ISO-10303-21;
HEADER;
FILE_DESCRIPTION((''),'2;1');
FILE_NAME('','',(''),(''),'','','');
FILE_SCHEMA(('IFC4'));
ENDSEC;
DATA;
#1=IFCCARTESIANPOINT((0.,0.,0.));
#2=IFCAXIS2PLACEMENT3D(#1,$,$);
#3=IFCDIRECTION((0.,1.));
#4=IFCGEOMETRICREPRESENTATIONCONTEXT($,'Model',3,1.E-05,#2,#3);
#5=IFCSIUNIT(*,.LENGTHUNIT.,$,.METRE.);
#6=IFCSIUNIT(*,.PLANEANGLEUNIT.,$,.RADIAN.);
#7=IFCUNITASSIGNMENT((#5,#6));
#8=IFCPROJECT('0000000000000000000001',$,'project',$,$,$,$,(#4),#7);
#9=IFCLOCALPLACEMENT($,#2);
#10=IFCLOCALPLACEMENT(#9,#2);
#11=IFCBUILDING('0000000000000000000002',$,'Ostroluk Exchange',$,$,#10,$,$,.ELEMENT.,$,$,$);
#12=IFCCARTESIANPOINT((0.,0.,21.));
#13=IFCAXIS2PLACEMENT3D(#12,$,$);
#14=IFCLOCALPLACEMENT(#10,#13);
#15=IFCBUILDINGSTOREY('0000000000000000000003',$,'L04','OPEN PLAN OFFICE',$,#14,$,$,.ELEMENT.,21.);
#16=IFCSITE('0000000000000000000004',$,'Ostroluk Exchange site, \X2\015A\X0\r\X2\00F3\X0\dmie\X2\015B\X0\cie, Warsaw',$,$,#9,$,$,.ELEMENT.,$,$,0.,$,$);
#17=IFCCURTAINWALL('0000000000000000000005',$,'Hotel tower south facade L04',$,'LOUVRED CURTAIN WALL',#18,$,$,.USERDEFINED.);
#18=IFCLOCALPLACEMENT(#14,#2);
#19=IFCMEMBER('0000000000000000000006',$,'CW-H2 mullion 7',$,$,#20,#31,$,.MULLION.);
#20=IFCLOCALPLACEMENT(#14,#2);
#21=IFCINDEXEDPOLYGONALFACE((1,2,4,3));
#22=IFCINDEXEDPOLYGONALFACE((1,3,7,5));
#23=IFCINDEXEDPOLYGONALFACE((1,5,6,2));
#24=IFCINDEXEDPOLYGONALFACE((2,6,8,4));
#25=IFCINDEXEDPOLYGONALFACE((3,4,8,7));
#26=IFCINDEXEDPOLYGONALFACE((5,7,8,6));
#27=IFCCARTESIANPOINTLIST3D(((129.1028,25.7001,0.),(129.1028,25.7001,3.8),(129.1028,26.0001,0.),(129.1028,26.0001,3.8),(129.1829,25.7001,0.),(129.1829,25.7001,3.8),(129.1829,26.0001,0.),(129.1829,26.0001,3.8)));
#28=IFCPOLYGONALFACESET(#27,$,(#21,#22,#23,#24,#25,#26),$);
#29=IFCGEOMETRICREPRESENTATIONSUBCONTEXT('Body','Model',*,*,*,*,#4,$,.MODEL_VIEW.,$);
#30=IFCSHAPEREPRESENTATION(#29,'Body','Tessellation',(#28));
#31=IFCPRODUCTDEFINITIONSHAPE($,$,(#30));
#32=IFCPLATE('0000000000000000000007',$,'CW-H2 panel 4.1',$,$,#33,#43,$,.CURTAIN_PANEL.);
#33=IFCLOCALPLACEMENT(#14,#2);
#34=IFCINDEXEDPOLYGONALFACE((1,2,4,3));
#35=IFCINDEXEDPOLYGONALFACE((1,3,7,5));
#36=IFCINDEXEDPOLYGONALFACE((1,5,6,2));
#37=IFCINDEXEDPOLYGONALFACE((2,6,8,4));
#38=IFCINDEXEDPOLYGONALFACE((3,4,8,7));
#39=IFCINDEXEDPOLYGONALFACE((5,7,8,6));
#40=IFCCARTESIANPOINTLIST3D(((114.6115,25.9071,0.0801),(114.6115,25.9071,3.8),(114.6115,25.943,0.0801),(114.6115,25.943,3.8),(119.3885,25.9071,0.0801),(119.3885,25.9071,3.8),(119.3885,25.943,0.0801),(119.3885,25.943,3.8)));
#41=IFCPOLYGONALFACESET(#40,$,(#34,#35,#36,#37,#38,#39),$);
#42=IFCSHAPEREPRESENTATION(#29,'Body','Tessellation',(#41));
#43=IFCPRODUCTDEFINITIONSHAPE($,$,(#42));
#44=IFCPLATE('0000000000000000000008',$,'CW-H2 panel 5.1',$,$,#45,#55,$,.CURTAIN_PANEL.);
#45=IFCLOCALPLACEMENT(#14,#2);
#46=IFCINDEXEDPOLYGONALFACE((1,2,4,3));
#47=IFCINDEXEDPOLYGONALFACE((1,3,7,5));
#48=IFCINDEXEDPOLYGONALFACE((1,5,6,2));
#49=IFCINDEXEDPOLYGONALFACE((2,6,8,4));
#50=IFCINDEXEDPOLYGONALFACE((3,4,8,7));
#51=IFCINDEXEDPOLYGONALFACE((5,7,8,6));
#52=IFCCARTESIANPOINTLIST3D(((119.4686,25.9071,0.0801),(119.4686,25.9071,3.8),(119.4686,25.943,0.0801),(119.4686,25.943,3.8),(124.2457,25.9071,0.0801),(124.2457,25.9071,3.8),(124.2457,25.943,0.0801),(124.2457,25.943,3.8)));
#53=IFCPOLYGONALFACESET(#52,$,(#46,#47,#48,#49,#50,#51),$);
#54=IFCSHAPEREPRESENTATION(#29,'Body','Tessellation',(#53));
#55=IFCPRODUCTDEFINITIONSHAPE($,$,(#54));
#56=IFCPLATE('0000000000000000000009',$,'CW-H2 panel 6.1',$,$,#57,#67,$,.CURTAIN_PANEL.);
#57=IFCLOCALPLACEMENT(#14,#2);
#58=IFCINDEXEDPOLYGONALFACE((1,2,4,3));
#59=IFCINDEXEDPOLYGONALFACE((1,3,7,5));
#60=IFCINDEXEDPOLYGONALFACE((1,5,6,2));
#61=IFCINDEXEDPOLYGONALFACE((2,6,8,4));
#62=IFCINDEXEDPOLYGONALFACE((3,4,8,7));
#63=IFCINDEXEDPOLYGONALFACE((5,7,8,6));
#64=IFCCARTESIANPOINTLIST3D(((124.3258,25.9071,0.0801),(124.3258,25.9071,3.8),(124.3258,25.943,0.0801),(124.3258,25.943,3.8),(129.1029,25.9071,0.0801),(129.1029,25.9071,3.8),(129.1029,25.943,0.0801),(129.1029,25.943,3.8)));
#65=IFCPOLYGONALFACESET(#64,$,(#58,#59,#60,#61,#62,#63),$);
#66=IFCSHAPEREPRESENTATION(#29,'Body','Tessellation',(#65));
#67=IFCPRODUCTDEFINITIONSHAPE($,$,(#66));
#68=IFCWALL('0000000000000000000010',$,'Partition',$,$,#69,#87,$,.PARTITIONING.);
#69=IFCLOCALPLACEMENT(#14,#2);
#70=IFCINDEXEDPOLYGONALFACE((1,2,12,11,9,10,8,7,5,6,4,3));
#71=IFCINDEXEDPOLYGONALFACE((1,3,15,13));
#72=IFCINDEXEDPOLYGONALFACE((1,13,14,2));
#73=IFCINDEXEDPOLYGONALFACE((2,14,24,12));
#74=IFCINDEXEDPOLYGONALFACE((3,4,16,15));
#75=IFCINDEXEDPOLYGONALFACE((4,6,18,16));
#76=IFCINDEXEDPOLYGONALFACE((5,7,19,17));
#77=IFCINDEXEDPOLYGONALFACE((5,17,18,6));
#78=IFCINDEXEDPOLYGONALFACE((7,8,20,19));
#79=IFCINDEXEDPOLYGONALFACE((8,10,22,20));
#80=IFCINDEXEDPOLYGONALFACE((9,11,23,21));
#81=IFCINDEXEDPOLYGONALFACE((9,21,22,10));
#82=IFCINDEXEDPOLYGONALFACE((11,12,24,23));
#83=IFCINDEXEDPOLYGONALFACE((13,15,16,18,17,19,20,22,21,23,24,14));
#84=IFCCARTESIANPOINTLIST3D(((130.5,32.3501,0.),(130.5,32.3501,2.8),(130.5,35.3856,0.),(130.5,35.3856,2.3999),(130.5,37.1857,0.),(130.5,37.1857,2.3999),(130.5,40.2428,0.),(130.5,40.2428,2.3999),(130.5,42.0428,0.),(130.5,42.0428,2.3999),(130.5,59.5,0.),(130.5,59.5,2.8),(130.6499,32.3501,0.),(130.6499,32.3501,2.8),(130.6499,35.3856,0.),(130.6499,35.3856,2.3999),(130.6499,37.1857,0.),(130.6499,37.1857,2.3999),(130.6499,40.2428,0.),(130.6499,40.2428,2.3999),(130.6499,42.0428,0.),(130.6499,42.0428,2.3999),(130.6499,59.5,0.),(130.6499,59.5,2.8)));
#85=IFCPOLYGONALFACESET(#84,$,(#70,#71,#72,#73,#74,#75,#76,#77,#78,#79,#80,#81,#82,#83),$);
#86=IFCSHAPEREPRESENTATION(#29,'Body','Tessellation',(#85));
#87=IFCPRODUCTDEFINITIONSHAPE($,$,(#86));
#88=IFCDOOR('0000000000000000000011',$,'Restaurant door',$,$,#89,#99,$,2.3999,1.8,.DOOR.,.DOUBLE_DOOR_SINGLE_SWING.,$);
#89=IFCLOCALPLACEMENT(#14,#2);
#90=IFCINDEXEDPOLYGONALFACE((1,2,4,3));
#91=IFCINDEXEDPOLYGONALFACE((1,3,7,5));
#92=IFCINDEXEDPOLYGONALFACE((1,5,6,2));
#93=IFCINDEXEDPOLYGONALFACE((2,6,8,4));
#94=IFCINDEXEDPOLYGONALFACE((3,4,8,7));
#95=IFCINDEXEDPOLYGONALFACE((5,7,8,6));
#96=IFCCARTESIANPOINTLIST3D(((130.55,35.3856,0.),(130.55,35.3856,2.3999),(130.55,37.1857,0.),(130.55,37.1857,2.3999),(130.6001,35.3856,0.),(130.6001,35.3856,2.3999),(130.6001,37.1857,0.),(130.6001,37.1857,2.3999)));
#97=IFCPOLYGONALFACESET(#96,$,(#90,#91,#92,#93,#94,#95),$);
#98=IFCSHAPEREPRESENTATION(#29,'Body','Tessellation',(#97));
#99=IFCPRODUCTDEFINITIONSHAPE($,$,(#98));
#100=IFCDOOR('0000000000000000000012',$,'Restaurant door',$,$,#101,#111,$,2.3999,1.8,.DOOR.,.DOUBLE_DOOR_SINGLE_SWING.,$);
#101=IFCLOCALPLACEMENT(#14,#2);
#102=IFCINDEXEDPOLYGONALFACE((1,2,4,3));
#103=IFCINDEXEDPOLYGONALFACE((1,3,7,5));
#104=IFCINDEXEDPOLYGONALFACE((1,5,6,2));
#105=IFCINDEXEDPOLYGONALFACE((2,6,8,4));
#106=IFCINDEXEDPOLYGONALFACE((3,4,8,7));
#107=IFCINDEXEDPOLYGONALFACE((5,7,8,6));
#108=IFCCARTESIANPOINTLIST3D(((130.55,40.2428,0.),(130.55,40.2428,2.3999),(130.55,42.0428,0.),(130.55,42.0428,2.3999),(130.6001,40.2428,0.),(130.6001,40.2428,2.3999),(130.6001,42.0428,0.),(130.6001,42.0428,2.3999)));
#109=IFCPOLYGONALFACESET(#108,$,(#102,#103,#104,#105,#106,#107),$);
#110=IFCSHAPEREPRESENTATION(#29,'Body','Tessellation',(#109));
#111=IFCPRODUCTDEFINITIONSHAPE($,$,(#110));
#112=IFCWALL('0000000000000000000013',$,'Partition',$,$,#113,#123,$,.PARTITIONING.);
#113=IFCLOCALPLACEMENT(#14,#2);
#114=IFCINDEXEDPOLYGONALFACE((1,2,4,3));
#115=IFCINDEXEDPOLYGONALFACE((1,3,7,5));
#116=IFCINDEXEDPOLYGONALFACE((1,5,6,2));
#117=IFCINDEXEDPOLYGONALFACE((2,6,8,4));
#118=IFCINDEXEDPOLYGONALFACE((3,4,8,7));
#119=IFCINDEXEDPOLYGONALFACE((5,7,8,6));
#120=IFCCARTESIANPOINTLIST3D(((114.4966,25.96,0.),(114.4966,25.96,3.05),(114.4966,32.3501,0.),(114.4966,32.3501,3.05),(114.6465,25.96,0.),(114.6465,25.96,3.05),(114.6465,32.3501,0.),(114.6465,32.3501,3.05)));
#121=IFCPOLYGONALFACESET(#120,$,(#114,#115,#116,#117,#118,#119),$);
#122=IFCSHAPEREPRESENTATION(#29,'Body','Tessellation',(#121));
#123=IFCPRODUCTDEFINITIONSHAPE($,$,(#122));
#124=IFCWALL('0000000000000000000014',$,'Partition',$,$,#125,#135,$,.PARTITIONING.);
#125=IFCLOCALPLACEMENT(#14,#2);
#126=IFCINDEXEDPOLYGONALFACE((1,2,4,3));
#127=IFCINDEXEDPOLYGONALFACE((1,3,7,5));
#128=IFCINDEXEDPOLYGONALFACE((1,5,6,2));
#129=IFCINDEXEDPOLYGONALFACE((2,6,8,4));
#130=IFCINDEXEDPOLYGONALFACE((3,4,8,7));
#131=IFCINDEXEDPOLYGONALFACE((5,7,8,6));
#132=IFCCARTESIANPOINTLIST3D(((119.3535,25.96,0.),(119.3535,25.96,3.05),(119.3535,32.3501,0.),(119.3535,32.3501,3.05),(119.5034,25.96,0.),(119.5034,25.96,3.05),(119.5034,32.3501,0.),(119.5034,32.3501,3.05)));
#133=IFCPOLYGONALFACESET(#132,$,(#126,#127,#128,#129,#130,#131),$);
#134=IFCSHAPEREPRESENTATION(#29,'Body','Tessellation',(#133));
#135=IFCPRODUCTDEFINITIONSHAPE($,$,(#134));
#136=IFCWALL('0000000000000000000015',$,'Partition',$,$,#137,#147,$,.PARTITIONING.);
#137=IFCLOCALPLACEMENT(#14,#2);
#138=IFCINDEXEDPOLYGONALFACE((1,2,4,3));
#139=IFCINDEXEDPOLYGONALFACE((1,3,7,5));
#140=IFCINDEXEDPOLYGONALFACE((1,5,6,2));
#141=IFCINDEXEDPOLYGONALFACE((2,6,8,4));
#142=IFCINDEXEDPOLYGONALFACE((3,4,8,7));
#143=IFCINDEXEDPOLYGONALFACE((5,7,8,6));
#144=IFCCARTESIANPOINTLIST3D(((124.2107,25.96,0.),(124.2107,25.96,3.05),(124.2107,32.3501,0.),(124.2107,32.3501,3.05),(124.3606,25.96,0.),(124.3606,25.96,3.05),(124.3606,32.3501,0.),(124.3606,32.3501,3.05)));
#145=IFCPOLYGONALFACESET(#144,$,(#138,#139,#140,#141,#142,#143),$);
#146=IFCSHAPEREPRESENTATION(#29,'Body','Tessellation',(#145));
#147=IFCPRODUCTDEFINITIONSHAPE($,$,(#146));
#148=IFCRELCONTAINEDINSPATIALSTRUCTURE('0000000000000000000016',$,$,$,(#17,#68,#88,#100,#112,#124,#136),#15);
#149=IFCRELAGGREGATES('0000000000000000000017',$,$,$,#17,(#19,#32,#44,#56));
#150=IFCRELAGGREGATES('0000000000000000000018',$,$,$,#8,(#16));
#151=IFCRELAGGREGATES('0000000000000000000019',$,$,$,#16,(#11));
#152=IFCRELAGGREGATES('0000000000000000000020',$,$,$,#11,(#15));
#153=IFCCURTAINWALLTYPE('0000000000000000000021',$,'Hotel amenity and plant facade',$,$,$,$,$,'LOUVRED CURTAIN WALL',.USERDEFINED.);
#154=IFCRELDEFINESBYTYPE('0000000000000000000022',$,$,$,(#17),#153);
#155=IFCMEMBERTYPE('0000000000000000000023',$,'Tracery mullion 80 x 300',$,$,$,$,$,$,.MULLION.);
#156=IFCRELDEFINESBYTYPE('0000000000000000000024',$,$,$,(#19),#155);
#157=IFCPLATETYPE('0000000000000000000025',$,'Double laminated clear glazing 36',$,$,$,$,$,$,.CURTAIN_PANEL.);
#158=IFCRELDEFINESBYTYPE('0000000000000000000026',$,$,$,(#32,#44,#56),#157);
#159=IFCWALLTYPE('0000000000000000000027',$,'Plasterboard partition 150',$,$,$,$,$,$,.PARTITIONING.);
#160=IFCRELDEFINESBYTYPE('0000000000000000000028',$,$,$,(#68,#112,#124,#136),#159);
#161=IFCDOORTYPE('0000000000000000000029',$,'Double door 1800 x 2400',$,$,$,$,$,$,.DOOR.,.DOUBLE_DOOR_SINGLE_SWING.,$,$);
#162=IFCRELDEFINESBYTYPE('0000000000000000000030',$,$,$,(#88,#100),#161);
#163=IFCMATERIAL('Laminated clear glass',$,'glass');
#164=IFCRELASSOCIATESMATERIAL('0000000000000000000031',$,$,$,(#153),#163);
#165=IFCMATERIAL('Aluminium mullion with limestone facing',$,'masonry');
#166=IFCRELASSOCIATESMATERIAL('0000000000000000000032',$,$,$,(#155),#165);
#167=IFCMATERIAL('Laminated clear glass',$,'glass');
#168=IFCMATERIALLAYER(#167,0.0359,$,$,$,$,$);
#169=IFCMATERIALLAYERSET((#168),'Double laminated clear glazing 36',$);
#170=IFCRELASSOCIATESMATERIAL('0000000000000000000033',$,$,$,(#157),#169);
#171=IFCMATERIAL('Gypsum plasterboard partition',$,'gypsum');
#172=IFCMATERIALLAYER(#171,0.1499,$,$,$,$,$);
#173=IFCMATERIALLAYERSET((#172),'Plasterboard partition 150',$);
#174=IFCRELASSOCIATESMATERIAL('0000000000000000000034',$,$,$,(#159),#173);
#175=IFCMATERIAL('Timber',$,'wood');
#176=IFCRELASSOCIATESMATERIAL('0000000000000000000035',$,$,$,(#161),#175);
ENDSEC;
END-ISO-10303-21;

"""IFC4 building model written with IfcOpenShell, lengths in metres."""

from ifc_helpers import new_model, si_unit, direction, frame, frame_2d, origin, origin_2d, place, context, subcontext, project, spatial, rectangle, extrude, material, layer, layer_set, material_profile, profile_set, type_object, element, fill, aggregate, save


model = new_model("IFC4")

# Units and contexts
model_context = context("Model", 3, precision=1e-05, world=origin(), true_north=direction((0.0, 1.0)))
body_context = subcontext(model_context, "Body", "Model", "MODEL_VIEW")
ifc_project = project(units=[si_unit("LENGTHUNIT", "METRE"), si_unit("PLANEANGLEUNIT", "RADIAN")], contexts=[model_context])

# Site, building, storey
site_placement = place(None, origin())
site = spatial("IfcSite", under=ifc_project, at=site_placement, Name="Ostroluk Exchange site, Śródmieście, Warsaw", CompositionType="ELEMENT", RefElevation=0.0)
building_placement = place(site_placement, origin())
building = spatial("IfcBuilding", under=site, at=building_placement, Name="Ostroluk Exchange", CompositionType="ELEMENT")
storey_placement = place(building_placement, frame((0.0, 0.0, 21.0)))
storey = spatial("IfcBuildingStorey", under=building, at=storey_placement, Name="L04", Description="OPEN PLAN OFFICE", CompositionType="ELEMENT", Elevation=21.0)

# Curtain wall, member, plates
ifc_material_1 = material(Name="Laminated clear glass", Category="glass")
curtain_wall_type = type_object("IfcCurtainWallType", Name="Hotel amenity and plant facade", ElementType="LOUVRED CURTAIN WALL", PredefinedType="USERDEFINED", material=ifc_material_1)
curtain_wall_placement = place(storey_placement, origin())
curtain_wall = element("IfcCurtainWall", 1, at=curtain_wall_placement, inside=storey, type_object=curtain_wall_type, Name="Hotel tower south facade L04", ObjectType="LOUVRED CURTAIN WALL", PredefinedType="USERDEFINED")
ifc_material_2 = material(Name="Aluminium mullion with limestone facing", Category="masonry")
ifc_material_profile_1 = material_profile(ifc_material_2, rectangle(XDim=0.3, YDim=0.0801, at=origin_2d()), Name="Tracery mullion 80 x 300")
ifc_profile_set_1 = profile_set([ifc_material_profile_1], Name="Aluminium mullion with limestone facing")
member_type_1 = type_object("IfcMemberType", Name="Tracery mullion 80 x 300", PredefinedType="MULLION", material=ifc_profile_set_1)
member_1_placement = place(storey_placement, frame((129.1428, 25.8501, 0.0), z_axis=(0.0, 0.0, 1.0), x_axis=(0.0, 1.0, 0.0)))
member_1 = element("IfcMember", 2, at=member_1_placement, type_object=member_type_1, Name="CW-H2 mullion 7", PredefinedType="MULLION", context=body_context, shape_type="SweptSolid", body=[
    extrude(rectangle(XDim=0.3, YDim=0.0801, at=origin_2d()), origin(), (0.0, 0.0, 1.0), 3.8),
])
ifc_material_3 = material(Name="Laminated clear glass", Category="glass")
ifc_layer_1 = layer(ifc_material_3, 0.0359)
ifc_layer_set_1 = layer_set([ifc_layer_1], Name="Double laminated clear glazing 36")
plate_type = type_object("IfcPlateType", Name="Double laminated clear glazing 36", PredefinedType="CURTAIN_PANEL", material=ifc_layer_set_1)
plate_1_placement = place(storey_placement, frame((117.0, 25.925, 0.0801), z_axis=(0.0, 0.0, 1.0), x_axis=(1.0, 0.0, 0.0)))
plate_1 = element("IfcPlate", 3, at=plate_1_placement, type_object=plate_type, Name="CW-H2 panel 4.1", PredefinedType="CURTAIN_PANEL", context=body_context, shape_type="SweptSolid", body=[
    extrude(rectangle(XDim=4.7771, YDim=0.0359, at=origin_2d()), origin(), (0.0, 0.0, 1.0), 3.72),
])
plate_2_placement = place(storey_placement, frame((121.8572, 25.925, 0.0801), z_axis=(0.0, 0.0, 1.0), x_axis=(1.0, 0.0, 0.0)))
plate_2 = element("IfcPlate", 4, at=plate_2_placement, type_object=plate_type, Name="CW-H2 panel 5.1", PredefinedType="CURTAIN_PANEL", context=body_context, shape_type="SweptSolid", body=[
    extrude(rectangle(XDim=4.7771, YDim=0.0359, at=origin_2d()), origin(), (0.0, 0.0, 1.0), 3.72),
])
plate_3_placement = place(storey_placement, frame((126.7144, 25.925, 0.0801), z_axis=(0.0, 0.0, 1.0), x_axis=(1.0, 0.0, 0.0)))
plate_3 = element("IfcPlate", 5, at=plate_3_placement, type_object=plate_type, Name="CW-H2 panel 6.1", PredefinedType="CURTAIN_PANEL", context=body_context, shape_type="SweptSolid", body=[
    extrude(rectangle(XDim=4.7771, YDim=0.0359, at=origin_2d()), origin(), (0.0, 0.0, 1.0), 3.72),
])
aggregate(curtain_wall, [member_1, plate_1, plate_2, plate_3])

# Wall, openings, doors
ifc_material_4 = material(Name="Gypsum plasterboard partition", Category="gypsum")
ifc_layer_2 = layer(ifc_material_4, 0.1499)
ifc_layer_set_2 = layer_set([ifc_layer_2], Name="Plasterboard partition 150")
wall_type = type_object("IfcWallType", Name="Plasterboard partition 150", PredefinedType="PARTITIONING", material=ifc_layer_set_2)
wall_placement = place(storey_placement, frame((130.575, 32.3501, 0.0), z_axis=(0.0, 0.0, 1.0), x_axis=(0.0, 1.0, 0.0)))
wall = element("IfcWall", 6, at=wall_placement, inside=storey, type_object=wall_type, Name="Partition", PredefinedType="PARTITIONING", context=body_context, shape_type="SweptSolid", body=[
    extrude(rectangle(XDim=27.1499, YDim=0.1499, at=frame_2d((13.575, 0.0))), origin(), (0.0, 0.0, 1.0), 2.8),
])
opening_1_placement = place(wall_placement, frame((3.0356, 0.0, 0.0)))
opening_1 = element("IfcOpeningElement", 7, at=opening_1_placement, cuts=wall, PredefinedType="OPENING", context=body_context, shape_type="SweptSolid", body=[
    extrude(rectangle(XDim=1.8, YDim=2.3999, at=frame_2d((0.8999, 1.2))), frame((0.0, 0.085, 0.0), z_axis=(0.0, -1.0, 0.0), x_axis=(1.0, 0.0, 0.0)), (0.0, 0.0, 1.0), 0.1699),
])
opening_2_placement = place(wall_placement, frame((7.8928, 0.0, 0.0)))
opening_2 = element("IfcOpeningElement", 8, at=opening_2_placement, cuts=wall, PredefinedType="OPENING", context=body_context, shape_type="SweptSolid", body=[
    extrude(rectangle(XDim=1.8, YDim=2.3999, at=frame_2d((0.8999, 1.2))), frame((0.0, 0.085, 0.0), z_axis=(0.0, -1.0, 0.0), x_axis=(1.0, 0.0, 0.0)), (0.0, 0.0, 1.0), 0.1699),
])
ifc_material_5 = material(Name="Timber", Category="wood")
door_type = type_object("IfcDoorType", Name="Double door 1800 x 2400", OperationType="DOUBLE_DOOR_SINGLE_SWING", PredefinedType="DOOR", material=ifc_material_5)
door_1_placement = place(opening_1_placement, origin())
door_1 = element("IfcDoor", 9, at=door_1_placement, inside=storey, type_object=door_type, Name="Restaurant door", OperationType="DOUBLE_DOOR_SINGLE_SWING", OverallHeight=2.3999, OverallWidth=1.8, PredefinedType="DOOR", context=body_context, shape_type="SweptSolid", body=[
    extrude(rectangle(XDim=1.8, YDim=2.3999, at=frame_2d((0.8999, 1.2))), frame((0.0, 0.0249, 0.0), z_axis=(0.0, -1.0, 0.0), x_axis=(1.0, 0.0, 0.0)), (0.0, 0.0, 1.0), 0.05),
])
fill(opening_1, door_1)
door_2_placement = place(opening_2_placement, origin())
door_2 = element("IfcDoor", 10, at=door_2_placement, inside=storey, type_object=door_type, Name="Restaurant door", OperationType="DOUBLE_DOOR_SINGLE_SWING", OverallHeight=2.3999, OverallWidth=1.8, PredefinedType="DOOR", context=body_context, shape_type="SweptSolid", body=[
    extrude(rectangle(XDim=1.8, YDim=2.3999, at=frame_2d((0.8999, 1.2))), frame((0.0, 0.0249, 0.0), z_axis=(0.0, -1.0, 0.0), x_axis=(1.0, 0.0, 0.0)), (0.0, 0.0, 1.0), 0.05),
])
fill(opening_2, door_2)

# Walls
for number, where, z_axis, x_axis, name in (
    (11, (114.5715, 32.3501, 0.0), (0.0, 0.0, 1.0), (0.0, -1.0, 0.0), "Partition"),
    (12, (119.4285, 32.3501, 0.0), (0.0, 0.0, 1.0), (0.0, -1.0, 0.0), "Partition"),
    (13, (124.2856, 32.3501, 0.0), (0.0, 0.0, 1.0), (0.0, -1.0, 0.0), "Partition"),
):
    element("IfcWall", number, at=place(storey_placement, frame(where, z_axis=z_axis, x_axis=x_axis)), inside=storey, type_object=wall_type, Name=name, PredefinedType="PARTITIONING", context=body_context, shape_type="SweptSolid", body=[
        extrude(rectangle(XDim=6.3901, YDim=0.1499, at=frame_2d((3.1951, 0.0))), origin(), (0.0, 0.0, 1.0), 3.05),
    ])

save(model, "model.ifc")
